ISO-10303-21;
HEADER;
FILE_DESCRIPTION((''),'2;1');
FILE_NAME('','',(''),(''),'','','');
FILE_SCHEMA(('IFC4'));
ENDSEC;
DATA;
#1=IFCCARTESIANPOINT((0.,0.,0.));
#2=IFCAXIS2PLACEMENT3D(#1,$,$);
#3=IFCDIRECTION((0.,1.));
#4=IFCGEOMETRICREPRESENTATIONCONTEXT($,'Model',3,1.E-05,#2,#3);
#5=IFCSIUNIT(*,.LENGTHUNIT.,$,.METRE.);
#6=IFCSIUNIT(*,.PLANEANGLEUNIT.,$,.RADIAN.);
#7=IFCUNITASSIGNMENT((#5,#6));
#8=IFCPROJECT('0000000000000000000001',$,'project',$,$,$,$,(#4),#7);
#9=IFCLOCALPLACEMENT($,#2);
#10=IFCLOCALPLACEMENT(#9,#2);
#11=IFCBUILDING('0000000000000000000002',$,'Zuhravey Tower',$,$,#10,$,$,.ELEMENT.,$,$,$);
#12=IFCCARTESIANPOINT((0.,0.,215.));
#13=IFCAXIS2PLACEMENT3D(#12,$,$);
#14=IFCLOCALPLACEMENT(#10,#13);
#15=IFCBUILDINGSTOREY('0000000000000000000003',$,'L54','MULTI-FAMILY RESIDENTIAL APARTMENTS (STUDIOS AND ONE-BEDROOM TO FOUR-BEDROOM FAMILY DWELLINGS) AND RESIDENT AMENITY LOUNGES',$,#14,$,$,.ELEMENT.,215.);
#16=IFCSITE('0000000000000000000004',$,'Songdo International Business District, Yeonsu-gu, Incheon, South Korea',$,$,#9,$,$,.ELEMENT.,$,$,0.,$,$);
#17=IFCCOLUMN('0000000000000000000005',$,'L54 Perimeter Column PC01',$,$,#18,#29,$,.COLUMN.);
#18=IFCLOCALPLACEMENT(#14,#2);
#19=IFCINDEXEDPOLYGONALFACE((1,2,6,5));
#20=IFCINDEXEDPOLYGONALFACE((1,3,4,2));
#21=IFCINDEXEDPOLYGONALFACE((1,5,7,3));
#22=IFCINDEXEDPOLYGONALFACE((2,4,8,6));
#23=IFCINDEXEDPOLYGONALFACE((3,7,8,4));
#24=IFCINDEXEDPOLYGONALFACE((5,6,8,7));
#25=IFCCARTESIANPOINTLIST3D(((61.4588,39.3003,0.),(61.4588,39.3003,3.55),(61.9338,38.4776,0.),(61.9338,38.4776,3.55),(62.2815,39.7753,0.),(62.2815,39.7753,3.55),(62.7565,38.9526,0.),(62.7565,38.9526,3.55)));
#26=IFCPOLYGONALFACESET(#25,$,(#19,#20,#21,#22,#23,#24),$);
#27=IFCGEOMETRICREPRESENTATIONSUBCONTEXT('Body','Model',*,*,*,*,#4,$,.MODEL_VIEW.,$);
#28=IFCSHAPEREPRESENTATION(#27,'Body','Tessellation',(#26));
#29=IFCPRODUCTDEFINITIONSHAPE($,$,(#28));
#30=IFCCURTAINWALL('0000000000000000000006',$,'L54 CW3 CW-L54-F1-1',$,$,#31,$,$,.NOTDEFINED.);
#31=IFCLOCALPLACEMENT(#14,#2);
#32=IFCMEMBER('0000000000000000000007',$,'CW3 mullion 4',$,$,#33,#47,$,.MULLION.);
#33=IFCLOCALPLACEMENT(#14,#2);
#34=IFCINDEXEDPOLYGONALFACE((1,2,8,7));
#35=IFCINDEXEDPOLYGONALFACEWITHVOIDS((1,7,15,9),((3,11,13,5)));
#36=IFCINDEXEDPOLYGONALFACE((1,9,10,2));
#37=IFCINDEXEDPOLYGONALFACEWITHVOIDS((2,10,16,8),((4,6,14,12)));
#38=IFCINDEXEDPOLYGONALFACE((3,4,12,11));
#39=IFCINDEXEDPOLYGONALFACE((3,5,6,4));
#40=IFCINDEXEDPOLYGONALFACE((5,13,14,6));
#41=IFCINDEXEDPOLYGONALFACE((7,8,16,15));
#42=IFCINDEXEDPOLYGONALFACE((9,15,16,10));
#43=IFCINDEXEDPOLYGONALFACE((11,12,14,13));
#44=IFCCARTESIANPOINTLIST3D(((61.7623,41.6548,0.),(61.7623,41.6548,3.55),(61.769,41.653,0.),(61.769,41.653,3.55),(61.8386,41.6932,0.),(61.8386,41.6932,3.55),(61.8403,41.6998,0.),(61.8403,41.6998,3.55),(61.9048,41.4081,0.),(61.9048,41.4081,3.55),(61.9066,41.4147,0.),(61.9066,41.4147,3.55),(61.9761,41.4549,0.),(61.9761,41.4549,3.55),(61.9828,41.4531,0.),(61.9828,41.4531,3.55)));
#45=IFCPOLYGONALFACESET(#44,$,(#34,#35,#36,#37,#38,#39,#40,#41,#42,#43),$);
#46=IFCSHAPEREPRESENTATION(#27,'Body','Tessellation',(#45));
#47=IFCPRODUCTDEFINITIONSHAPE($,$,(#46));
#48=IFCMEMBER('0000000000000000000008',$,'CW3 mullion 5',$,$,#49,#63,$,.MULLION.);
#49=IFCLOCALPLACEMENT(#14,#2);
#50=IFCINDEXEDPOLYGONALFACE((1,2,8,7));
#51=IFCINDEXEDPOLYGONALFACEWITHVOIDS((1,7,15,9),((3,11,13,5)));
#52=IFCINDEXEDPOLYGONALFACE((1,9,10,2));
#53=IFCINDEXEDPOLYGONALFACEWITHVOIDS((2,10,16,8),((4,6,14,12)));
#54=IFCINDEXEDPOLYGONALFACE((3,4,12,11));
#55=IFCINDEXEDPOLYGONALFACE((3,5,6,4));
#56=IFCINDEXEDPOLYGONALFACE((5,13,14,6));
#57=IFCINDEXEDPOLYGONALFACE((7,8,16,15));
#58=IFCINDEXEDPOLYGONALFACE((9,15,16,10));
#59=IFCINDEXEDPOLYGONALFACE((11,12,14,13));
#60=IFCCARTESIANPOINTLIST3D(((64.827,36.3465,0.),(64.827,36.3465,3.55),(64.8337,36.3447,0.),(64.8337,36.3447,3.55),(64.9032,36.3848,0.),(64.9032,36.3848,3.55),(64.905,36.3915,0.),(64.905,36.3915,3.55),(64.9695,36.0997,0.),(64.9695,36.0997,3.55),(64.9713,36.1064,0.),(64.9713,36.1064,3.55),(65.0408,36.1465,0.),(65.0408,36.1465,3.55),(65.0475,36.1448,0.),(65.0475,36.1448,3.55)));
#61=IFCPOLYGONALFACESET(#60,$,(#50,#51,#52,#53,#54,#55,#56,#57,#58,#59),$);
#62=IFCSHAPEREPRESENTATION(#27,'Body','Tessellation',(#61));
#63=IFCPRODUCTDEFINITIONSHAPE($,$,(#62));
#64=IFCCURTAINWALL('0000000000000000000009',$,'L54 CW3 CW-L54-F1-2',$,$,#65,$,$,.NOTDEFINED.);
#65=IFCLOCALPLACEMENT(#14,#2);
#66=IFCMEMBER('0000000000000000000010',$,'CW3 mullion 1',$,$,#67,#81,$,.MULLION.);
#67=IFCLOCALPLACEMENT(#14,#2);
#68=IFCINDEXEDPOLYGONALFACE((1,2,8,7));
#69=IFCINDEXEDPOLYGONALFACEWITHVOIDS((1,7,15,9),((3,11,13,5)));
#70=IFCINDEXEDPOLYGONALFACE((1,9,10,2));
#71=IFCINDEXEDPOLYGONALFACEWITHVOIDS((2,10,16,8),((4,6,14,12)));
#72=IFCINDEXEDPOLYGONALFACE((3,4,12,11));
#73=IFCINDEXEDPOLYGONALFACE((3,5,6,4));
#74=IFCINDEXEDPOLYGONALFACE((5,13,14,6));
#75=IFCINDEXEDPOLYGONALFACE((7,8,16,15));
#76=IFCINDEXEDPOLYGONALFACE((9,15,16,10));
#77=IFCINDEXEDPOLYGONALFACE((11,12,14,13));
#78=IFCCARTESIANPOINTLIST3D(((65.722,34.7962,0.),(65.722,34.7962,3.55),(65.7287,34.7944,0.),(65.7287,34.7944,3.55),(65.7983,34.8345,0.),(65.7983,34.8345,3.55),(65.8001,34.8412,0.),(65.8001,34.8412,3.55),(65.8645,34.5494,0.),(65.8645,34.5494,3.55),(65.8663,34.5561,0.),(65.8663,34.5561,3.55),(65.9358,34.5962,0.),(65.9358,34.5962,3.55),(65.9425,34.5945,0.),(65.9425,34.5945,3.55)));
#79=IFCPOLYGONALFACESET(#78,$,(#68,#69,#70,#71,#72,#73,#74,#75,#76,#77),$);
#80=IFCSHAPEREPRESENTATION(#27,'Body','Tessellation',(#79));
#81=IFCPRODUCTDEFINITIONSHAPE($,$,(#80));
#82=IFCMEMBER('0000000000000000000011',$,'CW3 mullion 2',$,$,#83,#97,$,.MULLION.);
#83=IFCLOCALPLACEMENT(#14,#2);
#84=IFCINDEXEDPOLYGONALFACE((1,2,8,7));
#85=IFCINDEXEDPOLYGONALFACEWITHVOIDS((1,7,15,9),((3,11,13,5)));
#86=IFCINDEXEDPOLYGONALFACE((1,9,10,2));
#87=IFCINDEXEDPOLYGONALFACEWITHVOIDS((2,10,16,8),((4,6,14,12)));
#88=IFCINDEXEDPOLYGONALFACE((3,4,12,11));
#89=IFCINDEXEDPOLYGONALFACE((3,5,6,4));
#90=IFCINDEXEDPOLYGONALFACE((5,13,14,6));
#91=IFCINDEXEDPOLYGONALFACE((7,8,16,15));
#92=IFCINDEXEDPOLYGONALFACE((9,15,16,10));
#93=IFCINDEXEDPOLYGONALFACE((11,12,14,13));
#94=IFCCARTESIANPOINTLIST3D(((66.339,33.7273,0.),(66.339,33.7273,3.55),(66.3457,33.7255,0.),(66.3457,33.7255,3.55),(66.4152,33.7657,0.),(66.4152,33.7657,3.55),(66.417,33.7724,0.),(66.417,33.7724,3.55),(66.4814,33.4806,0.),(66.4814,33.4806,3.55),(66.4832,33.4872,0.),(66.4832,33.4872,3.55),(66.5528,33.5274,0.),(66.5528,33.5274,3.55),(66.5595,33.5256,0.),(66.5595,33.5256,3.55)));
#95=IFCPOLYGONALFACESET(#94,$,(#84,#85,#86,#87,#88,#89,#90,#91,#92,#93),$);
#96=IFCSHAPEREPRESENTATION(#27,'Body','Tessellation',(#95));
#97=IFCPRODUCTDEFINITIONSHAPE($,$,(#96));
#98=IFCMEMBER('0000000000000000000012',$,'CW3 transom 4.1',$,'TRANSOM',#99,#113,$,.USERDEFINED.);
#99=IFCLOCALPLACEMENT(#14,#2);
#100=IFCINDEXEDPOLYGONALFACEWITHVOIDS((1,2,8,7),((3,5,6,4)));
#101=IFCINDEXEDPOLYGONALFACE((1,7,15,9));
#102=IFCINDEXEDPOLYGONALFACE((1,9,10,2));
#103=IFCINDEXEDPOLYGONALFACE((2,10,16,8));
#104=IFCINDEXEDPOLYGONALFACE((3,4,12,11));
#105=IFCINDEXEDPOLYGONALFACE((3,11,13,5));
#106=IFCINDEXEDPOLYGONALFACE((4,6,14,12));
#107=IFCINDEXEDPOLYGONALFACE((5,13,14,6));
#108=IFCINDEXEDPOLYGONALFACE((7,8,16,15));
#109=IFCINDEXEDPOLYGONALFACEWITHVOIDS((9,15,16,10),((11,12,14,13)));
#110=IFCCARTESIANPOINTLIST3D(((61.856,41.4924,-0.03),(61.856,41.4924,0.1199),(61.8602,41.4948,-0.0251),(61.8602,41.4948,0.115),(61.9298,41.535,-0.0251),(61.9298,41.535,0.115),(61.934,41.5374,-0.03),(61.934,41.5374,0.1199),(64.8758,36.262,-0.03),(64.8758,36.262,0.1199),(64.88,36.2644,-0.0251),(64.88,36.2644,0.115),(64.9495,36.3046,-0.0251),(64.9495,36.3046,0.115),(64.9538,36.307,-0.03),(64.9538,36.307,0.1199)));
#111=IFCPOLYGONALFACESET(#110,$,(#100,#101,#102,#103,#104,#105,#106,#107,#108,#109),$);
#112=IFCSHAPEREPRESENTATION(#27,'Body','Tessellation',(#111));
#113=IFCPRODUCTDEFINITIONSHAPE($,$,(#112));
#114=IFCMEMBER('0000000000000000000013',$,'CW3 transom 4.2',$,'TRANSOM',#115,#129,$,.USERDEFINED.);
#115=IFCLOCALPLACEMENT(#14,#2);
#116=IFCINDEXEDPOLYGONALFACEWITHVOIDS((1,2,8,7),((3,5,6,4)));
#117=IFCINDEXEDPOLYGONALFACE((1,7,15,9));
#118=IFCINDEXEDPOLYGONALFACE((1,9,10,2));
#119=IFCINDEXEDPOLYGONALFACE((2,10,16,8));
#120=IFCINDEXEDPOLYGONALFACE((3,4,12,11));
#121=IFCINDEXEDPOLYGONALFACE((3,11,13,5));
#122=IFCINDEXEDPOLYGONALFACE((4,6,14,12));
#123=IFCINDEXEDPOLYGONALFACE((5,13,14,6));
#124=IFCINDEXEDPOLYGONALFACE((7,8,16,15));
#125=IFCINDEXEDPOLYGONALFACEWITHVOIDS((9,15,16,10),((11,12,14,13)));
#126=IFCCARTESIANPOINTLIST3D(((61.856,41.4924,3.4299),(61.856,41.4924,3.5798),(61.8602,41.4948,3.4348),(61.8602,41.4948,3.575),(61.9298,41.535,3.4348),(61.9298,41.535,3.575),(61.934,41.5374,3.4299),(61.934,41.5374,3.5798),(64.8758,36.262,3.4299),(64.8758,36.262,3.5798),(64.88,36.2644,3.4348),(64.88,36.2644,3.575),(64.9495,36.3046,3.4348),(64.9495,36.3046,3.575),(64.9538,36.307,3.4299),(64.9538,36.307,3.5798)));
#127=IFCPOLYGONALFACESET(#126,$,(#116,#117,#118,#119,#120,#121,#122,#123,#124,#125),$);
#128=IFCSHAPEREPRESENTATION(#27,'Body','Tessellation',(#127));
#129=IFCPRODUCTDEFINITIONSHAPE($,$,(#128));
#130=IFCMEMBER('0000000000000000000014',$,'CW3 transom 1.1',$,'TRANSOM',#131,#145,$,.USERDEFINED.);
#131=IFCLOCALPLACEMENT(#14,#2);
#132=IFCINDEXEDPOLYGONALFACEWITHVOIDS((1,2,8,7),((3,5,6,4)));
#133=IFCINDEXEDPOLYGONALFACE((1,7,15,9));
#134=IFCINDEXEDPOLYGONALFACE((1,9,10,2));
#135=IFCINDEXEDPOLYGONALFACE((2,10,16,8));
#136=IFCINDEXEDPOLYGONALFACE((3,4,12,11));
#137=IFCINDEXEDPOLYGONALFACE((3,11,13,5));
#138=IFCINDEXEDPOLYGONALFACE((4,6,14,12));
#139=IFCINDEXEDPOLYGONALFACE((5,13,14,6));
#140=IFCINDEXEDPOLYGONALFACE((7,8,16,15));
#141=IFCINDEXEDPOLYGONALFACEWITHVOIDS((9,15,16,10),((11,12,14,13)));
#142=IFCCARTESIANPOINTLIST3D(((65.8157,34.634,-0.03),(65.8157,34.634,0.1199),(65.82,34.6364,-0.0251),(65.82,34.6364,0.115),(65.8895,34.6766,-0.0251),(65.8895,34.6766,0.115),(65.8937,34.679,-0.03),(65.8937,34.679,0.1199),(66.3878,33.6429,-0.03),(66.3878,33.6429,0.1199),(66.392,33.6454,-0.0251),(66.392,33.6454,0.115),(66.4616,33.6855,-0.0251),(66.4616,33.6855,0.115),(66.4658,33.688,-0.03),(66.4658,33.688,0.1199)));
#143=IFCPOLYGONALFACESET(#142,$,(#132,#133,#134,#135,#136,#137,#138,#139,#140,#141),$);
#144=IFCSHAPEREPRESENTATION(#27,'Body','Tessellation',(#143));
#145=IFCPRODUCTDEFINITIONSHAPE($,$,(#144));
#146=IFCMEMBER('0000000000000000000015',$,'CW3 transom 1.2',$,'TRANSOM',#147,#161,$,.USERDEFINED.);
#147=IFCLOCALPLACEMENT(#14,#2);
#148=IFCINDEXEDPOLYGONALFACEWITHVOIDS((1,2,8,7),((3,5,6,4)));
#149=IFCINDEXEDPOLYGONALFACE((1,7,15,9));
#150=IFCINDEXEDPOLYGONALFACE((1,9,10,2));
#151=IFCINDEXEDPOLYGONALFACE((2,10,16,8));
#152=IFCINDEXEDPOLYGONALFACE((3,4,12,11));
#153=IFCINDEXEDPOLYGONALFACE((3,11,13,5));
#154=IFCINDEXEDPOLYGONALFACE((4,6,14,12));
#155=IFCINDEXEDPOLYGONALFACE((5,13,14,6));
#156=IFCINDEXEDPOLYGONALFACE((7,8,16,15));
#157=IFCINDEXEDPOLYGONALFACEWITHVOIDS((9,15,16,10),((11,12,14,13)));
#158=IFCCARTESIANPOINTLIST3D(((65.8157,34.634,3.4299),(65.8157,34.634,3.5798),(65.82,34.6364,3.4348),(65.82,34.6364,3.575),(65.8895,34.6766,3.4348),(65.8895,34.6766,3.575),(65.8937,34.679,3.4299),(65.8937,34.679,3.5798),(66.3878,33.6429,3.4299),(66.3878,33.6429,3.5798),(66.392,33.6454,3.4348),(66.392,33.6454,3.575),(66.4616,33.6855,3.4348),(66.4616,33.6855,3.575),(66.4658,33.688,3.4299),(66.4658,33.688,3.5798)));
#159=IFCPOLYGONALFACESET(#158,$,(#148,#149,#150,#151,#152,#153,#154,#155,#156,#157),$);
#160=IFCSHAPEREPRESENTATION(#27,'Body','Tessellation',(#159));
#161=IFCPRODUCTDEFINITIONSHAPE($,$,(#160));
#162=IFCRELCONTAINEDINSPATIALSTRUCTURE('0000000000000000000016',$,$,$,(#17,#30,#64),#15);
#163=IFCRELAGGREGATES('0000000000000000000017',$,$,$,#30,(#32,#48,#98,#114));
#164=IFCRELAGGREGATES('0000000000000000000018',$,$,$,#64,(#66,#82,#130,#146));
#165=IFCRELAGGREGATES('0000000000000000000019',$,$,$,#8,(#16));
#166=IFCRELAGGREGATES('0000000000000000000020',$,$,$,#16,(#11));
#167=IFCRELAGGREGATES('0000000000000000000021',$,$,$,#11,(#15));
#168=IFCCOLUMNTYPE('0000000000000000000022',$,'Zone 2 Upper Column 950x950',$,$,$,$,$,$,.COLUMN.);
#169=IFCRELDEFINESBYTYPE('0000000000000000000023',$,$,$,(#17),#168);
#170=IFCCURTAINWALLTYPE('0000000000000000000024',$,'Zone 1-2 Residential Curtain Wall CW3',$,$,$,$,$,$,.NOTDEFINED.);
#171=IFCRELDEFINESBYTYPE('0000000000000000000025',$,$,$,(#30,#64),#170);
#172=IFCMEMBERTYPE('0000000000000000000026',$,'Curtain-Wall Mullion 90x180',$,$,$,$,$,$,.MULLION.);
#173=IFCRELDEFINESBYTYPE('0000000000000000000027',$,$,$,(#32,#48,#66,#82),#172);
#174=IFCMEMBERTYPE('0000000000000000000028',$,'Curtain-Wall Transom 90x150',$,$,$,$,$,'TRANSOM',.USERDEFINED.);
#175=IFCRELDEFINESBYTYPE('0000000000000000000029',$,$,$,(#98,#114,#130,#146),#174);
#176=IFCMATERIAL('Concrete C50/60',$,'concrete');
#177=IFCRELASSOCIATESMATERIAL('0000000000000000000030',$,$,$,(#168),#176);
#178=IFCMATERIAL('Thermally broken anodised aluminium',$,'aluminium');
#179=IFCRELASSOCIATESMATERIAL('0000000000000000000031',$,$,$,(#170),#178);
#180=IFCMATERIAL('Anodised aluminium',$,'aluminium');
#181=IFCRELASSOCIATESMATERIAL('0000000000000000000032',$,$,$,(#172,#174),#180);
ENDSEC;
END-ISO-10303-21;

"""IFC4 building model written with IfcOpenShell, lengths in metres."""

from ifc_helpers import new_model, si_unit, direction, frame, origin, origin_2d, place, context, subcontext, project, spatial, rectangle, hollow_rectangle, extrude, material, material_profile, profile_set, type_object, element, aggregate, save


model = new_model("IFC4")

# Units and contexts
model_context = context("Model", 3, precision=1e-05, world=origin(), true_north=direction((0.0, 1.0)))
body_context = subcontext(model_context, "Body", "Model", "MODEL_VIEW")
ifc_project = project(units=[si_unit("LENGTHUNIT", "METRE"), si_unit("PLANEANGLEUNIT", "RADIAN")], contexts=[model_context])

# Site, building, storey
site_placement = place(None, origin())
site = spatial("IfcSite", under=ifc_project, at=site_placement, Name="Songdo International Business District, Yeonsu-gu, Incheon, South Korea", CompositionType="ELEMENT", RefElevation=0.0)
building_placement = place(site_placement, origin())
building = spatial("IfcBuilding", under=site, at=building_placement, Name="Zuhravey Tower", CompositionType="ELEMENT")
storey_placement = place(building_placement, frame((0.0, 0.0, 215.0)))
storey = spatial("IfcBuildingStorey", under=building, at=storey_placement, Name="L54", Description="MULTI-FAMILY RESIDENTIAL APARTMENTS (STUDIOS AND ONE-BEDROOM TO FOUR-BEDROOM FAMILY DWELLINGS) AND RESIDENT AMENITY LOUNGES", CompositionType="ELEMENT", Elevation=215.0)

# Column
ifc_material_1 = material(Name="Concrete C50/60", Category="concrete")
ifc_material_profile_1 = material_profile(ifc_material_1, rectangle(XDim=0.95, YDim=0.95, at=origin_2d()), Name="RC-950x950")
ifc_profile_set_1 = profile_set([ifc_material_profile_1], Name="Concrete C50/60")
column_type = type_object("IfcColumnType", Name="Zone 2 Upper Column 950x950", PredefinedType="COLUMN", material=ifc_profile_set_1)
column_placement = place(storey_placement, frame((62.1077, 39.1265, 0.0), z_axis=(0.0, 0.0, 1.0), x_axis=(-0.5, 0.866025, 0.0)))
element("IfcColumn", 1, at=column_placement, inside=storey, type_object=column_type, Name="L54 Perimeter Column PC01", PredefinedType="COLUMN", context=body_context, shape_type="SweptSolid", body=[
    extrude(rectangle(XDim=0.95, YDim=0.95, at=origin_2d()), origin(), (0.0, 0.0, 1.0), 3.55),
])

# Curtain walls, members
ifc_material_2 = material(Name="Thermally broken anodised aluminium", Category="aluminium")
curtain_wall_type = type_object("IfcCurtainWallType", Name="Zone 1-2 Residential Curtain Wall CW3", PredefinedType="NOTDEFINED", material=ifc_material_2)
curtain_wall_1_placement = place(storey_placement, origin())
curtain_wall_1 = element("IfcCurtainWall", 2, at=curtain_wall_1_placement, inside=storey, type_object=curtain_wall_type, Name="L54 CW3 CW-L54-F1-1", PredefinedType="NOTDEFINED")
ifc_material_3 = material(Name="Anodised aluminium", Category="aluminium")
ifc_material_profile_2 = material_profile(ifc_material_3, hollow_rectangle(XDim=0.0901, YDim=0.2849, WallThickness=0.0049, at=origin_2d()), Name="ALU-RHS-90x285x5")
ifc_profile_set_2 = profile_set([ifc_material_profile_2], Name="Anodised aluminium")
member_type_1 = type_object("IfcMemberType", Name="Curtain-Wall Mullion 90x180", PredefinedType="MULLION", material=ifc_profile_set_2)
member_1_placement = place(storey_placement, frame((61.8726, 41.554, 0.0), z_axis=(0.0, 0.0, 1.0), x_axis=(0.866024, 0.500002, 0.0)))
member_1 = element("IfcMember", 3, at=member_1_placement, type_object=member_type_1, Name="CW3 mullion 4", PredefinedType="MULLION", context=body_context, shape_type="SweptSolid", body=[
    extrude(hollow_rectangle(XDim=0.0901, YDim=0.2849, WallThickness=0.0049, at=origin_2d()), origin(), (0.0, 0.0, 1.0), 3.55),
])
member_2_placement = place(storey_placement, frame((64.9373, 36.2456, 0.0), z_axis=(0.0, 0.0, 1.0), x_axis=(0.866024, 0.500002, 0.0)))
member_2 = element("IfcMember", 4, at=member_2_placement, type_object=member_type_1, Name="CW3 mullion 5", PredefinedType="MULLION", context=body_context, shape_type="SweptSolid", body=[
    extrude(hollow_rectangle(XDim=0.0901, YDim=0.2849, WallThickness=0.0049, at=origin_2d()), origin(), (0.0, 0.0, 1.0), 3.55),
])
curtain_wall_2_placement = place(storey_placement, origin())
curtain_wall_2 = element("IfcCurtainWall", 5, at=curtain_wall_2_placement, inside=storey, type_object=curtain_wall_type, Name="L54 CW3 CW-L54-F1-2", PredefinedType="NOTDEFINED")
member_3_placement = place(storey_placement, frame((65.8323, 34.6953, 0.0), z_axis=(0.0, 0.0, 1.0), x_axis=(0.866046, 0.499964, 0.0)))
member_3 = element("IfcMember", 6, at=member_3_placement, type_object=member_type_1, Name="CW3 mullion 1", PredefinedType="MULLION", context=body_context, shape_type="SweptSolid", body=[
    extrude(hollow_rectangle(XDim=0.0901, YDim=0.2849, WallThickness=0.0049, at=origin_2d()), origin(), (0.0, 0.0, 1.0), 3.55),
])
member_4_placement = place(storey_placement, frame((66.4492, 33.6265, 0.0), z_axis=(0.0, 0.0, 1.0), x_axis=(0.866046, 0.499964, 0.0)))
member_4 = element("IfcMember", 7, at=member_4_placement, type_object=member_type_1, Name="CW3 mullion 2", PredefinedType="MULLION", context=body_context, shape_type="SweptSolid", body=[
    extrude(hollow_rectangle(XDim=0.0901, YDim=0.2849, WallThickness=0.0049, at=origin_2d()), origin(), (0.0, 0.0, 1.0), 3.55),
])

# Members
ifc_material_profile_3 = material_profile(ifc_material_3, hollow_rectangle(XDim=0.0901, YDim=0.1499, WallThickness=0.0049, at=origin_2d()), Name="ALU-RHS-90x150x5")
ifc_profile_set_3 = profile_set([ifc_material_profile_3], Name="Anodised aluminium")
member_type_2 = type_object("IfcMemberType", Name="Curtain-Wall Transom 90x150", ElementType="TRANSOM", PredefinedType="USERDEFINED", material=ifc_profile_set_3)
member_5_placement = place(storey_placement, frame((61.895, 41.5149, 0.0449), z_axis=(0.499995, -0.866028, 0.0), x_axis=(0.866028, 0.499995, 0.0)))
member_5 = element("IfcMember", 8, at=member_5_placement, type_object=member_type_2, Name="CW3 transom 4.1", ObjectType="TRANSOM", PredefinedType="USERDEFINED", context=body_context, shape_type="SweptSolid", body=[
    extrude(hollow_rectangle(XDim=0.0901, YDim=0.1499, WallThickness=0.0049, at=origin_2d()), origin(), (0.0, 0.0, 1.0), 6.0396),
])
member_6_placement = place(storey_placement, frame((61.895, 41.5149, 3.5049), z_axis=(0.499995, -0.866028, 0.0), x_axis=(0.866028, 0.499995, 0.0)))
member_6 = element("IfcMember", 9, at=member_6_placement, type_object=member_type_2, Name="CW3 transom 4.2", ObjectType="TRANSOM", PredefinedType="USERDEFINED", context=body_context, shape_type="SweptSolid", body=[
    extrude(hollow_rectangle(XDim=0.0901, YDim=0.1499, WallThickness=0.0049, at=origin_2d()), origin(), (0.0, 0.0, 1.0), 6.0396),
])
member_7_placement = place(storey_placement, frame((65.8547, 34.6565, 0.0449), z_axis=(0.499926, -0.866068, 0.0), x_axis=(0.866068, 0.499926, 0.0)))
member_7 = element("IfcMember", 10, at=member_7_placement, type_object=member_type_2, Name="CW3 transom 1.1", ObjectType="TRANSOM", PredefinedType="USERDEFINED", context=body_context, shape_type="SweptSolid", body=[
    extrude(hollow_rectangle(XDim=0.0901, YDim=0.1499, WallThickness=0.0049, at=origin_2d()), origin(), (0.0, 0.0, 1.0), 1.1443),
])
member_8_placement = place(storey_placement, frame((65.8547, 34.6565, 3.5049), z_axis=(0.499926, -0.866068, 0.0), x_axis=(0.866068, 0.499926, 0.0)))
member_8 = element("IfcMember", 11, at=member_8_placement, type_object=member_type_2, Name="CW3 transom 1.2", ObjectType="TRANSOM", PredefinedType="USERDEFINED", context=body_context, shape_type="SweptSolid", body=[
    extrude(hollow_rectangle(XDim=0.0901, YDim=0.1499, WallThickness=0.0049, at=origin_2d()), origin(), (0.0, 0.0, 1.0), 1.1443),
])

aggregate(curtain_wall_1, [member_1, member_2, member_5, member_6])
aggregate(curtain_wall_2, [member_3, member_4, member_7, member_8])

save(model, "model.ifc")
